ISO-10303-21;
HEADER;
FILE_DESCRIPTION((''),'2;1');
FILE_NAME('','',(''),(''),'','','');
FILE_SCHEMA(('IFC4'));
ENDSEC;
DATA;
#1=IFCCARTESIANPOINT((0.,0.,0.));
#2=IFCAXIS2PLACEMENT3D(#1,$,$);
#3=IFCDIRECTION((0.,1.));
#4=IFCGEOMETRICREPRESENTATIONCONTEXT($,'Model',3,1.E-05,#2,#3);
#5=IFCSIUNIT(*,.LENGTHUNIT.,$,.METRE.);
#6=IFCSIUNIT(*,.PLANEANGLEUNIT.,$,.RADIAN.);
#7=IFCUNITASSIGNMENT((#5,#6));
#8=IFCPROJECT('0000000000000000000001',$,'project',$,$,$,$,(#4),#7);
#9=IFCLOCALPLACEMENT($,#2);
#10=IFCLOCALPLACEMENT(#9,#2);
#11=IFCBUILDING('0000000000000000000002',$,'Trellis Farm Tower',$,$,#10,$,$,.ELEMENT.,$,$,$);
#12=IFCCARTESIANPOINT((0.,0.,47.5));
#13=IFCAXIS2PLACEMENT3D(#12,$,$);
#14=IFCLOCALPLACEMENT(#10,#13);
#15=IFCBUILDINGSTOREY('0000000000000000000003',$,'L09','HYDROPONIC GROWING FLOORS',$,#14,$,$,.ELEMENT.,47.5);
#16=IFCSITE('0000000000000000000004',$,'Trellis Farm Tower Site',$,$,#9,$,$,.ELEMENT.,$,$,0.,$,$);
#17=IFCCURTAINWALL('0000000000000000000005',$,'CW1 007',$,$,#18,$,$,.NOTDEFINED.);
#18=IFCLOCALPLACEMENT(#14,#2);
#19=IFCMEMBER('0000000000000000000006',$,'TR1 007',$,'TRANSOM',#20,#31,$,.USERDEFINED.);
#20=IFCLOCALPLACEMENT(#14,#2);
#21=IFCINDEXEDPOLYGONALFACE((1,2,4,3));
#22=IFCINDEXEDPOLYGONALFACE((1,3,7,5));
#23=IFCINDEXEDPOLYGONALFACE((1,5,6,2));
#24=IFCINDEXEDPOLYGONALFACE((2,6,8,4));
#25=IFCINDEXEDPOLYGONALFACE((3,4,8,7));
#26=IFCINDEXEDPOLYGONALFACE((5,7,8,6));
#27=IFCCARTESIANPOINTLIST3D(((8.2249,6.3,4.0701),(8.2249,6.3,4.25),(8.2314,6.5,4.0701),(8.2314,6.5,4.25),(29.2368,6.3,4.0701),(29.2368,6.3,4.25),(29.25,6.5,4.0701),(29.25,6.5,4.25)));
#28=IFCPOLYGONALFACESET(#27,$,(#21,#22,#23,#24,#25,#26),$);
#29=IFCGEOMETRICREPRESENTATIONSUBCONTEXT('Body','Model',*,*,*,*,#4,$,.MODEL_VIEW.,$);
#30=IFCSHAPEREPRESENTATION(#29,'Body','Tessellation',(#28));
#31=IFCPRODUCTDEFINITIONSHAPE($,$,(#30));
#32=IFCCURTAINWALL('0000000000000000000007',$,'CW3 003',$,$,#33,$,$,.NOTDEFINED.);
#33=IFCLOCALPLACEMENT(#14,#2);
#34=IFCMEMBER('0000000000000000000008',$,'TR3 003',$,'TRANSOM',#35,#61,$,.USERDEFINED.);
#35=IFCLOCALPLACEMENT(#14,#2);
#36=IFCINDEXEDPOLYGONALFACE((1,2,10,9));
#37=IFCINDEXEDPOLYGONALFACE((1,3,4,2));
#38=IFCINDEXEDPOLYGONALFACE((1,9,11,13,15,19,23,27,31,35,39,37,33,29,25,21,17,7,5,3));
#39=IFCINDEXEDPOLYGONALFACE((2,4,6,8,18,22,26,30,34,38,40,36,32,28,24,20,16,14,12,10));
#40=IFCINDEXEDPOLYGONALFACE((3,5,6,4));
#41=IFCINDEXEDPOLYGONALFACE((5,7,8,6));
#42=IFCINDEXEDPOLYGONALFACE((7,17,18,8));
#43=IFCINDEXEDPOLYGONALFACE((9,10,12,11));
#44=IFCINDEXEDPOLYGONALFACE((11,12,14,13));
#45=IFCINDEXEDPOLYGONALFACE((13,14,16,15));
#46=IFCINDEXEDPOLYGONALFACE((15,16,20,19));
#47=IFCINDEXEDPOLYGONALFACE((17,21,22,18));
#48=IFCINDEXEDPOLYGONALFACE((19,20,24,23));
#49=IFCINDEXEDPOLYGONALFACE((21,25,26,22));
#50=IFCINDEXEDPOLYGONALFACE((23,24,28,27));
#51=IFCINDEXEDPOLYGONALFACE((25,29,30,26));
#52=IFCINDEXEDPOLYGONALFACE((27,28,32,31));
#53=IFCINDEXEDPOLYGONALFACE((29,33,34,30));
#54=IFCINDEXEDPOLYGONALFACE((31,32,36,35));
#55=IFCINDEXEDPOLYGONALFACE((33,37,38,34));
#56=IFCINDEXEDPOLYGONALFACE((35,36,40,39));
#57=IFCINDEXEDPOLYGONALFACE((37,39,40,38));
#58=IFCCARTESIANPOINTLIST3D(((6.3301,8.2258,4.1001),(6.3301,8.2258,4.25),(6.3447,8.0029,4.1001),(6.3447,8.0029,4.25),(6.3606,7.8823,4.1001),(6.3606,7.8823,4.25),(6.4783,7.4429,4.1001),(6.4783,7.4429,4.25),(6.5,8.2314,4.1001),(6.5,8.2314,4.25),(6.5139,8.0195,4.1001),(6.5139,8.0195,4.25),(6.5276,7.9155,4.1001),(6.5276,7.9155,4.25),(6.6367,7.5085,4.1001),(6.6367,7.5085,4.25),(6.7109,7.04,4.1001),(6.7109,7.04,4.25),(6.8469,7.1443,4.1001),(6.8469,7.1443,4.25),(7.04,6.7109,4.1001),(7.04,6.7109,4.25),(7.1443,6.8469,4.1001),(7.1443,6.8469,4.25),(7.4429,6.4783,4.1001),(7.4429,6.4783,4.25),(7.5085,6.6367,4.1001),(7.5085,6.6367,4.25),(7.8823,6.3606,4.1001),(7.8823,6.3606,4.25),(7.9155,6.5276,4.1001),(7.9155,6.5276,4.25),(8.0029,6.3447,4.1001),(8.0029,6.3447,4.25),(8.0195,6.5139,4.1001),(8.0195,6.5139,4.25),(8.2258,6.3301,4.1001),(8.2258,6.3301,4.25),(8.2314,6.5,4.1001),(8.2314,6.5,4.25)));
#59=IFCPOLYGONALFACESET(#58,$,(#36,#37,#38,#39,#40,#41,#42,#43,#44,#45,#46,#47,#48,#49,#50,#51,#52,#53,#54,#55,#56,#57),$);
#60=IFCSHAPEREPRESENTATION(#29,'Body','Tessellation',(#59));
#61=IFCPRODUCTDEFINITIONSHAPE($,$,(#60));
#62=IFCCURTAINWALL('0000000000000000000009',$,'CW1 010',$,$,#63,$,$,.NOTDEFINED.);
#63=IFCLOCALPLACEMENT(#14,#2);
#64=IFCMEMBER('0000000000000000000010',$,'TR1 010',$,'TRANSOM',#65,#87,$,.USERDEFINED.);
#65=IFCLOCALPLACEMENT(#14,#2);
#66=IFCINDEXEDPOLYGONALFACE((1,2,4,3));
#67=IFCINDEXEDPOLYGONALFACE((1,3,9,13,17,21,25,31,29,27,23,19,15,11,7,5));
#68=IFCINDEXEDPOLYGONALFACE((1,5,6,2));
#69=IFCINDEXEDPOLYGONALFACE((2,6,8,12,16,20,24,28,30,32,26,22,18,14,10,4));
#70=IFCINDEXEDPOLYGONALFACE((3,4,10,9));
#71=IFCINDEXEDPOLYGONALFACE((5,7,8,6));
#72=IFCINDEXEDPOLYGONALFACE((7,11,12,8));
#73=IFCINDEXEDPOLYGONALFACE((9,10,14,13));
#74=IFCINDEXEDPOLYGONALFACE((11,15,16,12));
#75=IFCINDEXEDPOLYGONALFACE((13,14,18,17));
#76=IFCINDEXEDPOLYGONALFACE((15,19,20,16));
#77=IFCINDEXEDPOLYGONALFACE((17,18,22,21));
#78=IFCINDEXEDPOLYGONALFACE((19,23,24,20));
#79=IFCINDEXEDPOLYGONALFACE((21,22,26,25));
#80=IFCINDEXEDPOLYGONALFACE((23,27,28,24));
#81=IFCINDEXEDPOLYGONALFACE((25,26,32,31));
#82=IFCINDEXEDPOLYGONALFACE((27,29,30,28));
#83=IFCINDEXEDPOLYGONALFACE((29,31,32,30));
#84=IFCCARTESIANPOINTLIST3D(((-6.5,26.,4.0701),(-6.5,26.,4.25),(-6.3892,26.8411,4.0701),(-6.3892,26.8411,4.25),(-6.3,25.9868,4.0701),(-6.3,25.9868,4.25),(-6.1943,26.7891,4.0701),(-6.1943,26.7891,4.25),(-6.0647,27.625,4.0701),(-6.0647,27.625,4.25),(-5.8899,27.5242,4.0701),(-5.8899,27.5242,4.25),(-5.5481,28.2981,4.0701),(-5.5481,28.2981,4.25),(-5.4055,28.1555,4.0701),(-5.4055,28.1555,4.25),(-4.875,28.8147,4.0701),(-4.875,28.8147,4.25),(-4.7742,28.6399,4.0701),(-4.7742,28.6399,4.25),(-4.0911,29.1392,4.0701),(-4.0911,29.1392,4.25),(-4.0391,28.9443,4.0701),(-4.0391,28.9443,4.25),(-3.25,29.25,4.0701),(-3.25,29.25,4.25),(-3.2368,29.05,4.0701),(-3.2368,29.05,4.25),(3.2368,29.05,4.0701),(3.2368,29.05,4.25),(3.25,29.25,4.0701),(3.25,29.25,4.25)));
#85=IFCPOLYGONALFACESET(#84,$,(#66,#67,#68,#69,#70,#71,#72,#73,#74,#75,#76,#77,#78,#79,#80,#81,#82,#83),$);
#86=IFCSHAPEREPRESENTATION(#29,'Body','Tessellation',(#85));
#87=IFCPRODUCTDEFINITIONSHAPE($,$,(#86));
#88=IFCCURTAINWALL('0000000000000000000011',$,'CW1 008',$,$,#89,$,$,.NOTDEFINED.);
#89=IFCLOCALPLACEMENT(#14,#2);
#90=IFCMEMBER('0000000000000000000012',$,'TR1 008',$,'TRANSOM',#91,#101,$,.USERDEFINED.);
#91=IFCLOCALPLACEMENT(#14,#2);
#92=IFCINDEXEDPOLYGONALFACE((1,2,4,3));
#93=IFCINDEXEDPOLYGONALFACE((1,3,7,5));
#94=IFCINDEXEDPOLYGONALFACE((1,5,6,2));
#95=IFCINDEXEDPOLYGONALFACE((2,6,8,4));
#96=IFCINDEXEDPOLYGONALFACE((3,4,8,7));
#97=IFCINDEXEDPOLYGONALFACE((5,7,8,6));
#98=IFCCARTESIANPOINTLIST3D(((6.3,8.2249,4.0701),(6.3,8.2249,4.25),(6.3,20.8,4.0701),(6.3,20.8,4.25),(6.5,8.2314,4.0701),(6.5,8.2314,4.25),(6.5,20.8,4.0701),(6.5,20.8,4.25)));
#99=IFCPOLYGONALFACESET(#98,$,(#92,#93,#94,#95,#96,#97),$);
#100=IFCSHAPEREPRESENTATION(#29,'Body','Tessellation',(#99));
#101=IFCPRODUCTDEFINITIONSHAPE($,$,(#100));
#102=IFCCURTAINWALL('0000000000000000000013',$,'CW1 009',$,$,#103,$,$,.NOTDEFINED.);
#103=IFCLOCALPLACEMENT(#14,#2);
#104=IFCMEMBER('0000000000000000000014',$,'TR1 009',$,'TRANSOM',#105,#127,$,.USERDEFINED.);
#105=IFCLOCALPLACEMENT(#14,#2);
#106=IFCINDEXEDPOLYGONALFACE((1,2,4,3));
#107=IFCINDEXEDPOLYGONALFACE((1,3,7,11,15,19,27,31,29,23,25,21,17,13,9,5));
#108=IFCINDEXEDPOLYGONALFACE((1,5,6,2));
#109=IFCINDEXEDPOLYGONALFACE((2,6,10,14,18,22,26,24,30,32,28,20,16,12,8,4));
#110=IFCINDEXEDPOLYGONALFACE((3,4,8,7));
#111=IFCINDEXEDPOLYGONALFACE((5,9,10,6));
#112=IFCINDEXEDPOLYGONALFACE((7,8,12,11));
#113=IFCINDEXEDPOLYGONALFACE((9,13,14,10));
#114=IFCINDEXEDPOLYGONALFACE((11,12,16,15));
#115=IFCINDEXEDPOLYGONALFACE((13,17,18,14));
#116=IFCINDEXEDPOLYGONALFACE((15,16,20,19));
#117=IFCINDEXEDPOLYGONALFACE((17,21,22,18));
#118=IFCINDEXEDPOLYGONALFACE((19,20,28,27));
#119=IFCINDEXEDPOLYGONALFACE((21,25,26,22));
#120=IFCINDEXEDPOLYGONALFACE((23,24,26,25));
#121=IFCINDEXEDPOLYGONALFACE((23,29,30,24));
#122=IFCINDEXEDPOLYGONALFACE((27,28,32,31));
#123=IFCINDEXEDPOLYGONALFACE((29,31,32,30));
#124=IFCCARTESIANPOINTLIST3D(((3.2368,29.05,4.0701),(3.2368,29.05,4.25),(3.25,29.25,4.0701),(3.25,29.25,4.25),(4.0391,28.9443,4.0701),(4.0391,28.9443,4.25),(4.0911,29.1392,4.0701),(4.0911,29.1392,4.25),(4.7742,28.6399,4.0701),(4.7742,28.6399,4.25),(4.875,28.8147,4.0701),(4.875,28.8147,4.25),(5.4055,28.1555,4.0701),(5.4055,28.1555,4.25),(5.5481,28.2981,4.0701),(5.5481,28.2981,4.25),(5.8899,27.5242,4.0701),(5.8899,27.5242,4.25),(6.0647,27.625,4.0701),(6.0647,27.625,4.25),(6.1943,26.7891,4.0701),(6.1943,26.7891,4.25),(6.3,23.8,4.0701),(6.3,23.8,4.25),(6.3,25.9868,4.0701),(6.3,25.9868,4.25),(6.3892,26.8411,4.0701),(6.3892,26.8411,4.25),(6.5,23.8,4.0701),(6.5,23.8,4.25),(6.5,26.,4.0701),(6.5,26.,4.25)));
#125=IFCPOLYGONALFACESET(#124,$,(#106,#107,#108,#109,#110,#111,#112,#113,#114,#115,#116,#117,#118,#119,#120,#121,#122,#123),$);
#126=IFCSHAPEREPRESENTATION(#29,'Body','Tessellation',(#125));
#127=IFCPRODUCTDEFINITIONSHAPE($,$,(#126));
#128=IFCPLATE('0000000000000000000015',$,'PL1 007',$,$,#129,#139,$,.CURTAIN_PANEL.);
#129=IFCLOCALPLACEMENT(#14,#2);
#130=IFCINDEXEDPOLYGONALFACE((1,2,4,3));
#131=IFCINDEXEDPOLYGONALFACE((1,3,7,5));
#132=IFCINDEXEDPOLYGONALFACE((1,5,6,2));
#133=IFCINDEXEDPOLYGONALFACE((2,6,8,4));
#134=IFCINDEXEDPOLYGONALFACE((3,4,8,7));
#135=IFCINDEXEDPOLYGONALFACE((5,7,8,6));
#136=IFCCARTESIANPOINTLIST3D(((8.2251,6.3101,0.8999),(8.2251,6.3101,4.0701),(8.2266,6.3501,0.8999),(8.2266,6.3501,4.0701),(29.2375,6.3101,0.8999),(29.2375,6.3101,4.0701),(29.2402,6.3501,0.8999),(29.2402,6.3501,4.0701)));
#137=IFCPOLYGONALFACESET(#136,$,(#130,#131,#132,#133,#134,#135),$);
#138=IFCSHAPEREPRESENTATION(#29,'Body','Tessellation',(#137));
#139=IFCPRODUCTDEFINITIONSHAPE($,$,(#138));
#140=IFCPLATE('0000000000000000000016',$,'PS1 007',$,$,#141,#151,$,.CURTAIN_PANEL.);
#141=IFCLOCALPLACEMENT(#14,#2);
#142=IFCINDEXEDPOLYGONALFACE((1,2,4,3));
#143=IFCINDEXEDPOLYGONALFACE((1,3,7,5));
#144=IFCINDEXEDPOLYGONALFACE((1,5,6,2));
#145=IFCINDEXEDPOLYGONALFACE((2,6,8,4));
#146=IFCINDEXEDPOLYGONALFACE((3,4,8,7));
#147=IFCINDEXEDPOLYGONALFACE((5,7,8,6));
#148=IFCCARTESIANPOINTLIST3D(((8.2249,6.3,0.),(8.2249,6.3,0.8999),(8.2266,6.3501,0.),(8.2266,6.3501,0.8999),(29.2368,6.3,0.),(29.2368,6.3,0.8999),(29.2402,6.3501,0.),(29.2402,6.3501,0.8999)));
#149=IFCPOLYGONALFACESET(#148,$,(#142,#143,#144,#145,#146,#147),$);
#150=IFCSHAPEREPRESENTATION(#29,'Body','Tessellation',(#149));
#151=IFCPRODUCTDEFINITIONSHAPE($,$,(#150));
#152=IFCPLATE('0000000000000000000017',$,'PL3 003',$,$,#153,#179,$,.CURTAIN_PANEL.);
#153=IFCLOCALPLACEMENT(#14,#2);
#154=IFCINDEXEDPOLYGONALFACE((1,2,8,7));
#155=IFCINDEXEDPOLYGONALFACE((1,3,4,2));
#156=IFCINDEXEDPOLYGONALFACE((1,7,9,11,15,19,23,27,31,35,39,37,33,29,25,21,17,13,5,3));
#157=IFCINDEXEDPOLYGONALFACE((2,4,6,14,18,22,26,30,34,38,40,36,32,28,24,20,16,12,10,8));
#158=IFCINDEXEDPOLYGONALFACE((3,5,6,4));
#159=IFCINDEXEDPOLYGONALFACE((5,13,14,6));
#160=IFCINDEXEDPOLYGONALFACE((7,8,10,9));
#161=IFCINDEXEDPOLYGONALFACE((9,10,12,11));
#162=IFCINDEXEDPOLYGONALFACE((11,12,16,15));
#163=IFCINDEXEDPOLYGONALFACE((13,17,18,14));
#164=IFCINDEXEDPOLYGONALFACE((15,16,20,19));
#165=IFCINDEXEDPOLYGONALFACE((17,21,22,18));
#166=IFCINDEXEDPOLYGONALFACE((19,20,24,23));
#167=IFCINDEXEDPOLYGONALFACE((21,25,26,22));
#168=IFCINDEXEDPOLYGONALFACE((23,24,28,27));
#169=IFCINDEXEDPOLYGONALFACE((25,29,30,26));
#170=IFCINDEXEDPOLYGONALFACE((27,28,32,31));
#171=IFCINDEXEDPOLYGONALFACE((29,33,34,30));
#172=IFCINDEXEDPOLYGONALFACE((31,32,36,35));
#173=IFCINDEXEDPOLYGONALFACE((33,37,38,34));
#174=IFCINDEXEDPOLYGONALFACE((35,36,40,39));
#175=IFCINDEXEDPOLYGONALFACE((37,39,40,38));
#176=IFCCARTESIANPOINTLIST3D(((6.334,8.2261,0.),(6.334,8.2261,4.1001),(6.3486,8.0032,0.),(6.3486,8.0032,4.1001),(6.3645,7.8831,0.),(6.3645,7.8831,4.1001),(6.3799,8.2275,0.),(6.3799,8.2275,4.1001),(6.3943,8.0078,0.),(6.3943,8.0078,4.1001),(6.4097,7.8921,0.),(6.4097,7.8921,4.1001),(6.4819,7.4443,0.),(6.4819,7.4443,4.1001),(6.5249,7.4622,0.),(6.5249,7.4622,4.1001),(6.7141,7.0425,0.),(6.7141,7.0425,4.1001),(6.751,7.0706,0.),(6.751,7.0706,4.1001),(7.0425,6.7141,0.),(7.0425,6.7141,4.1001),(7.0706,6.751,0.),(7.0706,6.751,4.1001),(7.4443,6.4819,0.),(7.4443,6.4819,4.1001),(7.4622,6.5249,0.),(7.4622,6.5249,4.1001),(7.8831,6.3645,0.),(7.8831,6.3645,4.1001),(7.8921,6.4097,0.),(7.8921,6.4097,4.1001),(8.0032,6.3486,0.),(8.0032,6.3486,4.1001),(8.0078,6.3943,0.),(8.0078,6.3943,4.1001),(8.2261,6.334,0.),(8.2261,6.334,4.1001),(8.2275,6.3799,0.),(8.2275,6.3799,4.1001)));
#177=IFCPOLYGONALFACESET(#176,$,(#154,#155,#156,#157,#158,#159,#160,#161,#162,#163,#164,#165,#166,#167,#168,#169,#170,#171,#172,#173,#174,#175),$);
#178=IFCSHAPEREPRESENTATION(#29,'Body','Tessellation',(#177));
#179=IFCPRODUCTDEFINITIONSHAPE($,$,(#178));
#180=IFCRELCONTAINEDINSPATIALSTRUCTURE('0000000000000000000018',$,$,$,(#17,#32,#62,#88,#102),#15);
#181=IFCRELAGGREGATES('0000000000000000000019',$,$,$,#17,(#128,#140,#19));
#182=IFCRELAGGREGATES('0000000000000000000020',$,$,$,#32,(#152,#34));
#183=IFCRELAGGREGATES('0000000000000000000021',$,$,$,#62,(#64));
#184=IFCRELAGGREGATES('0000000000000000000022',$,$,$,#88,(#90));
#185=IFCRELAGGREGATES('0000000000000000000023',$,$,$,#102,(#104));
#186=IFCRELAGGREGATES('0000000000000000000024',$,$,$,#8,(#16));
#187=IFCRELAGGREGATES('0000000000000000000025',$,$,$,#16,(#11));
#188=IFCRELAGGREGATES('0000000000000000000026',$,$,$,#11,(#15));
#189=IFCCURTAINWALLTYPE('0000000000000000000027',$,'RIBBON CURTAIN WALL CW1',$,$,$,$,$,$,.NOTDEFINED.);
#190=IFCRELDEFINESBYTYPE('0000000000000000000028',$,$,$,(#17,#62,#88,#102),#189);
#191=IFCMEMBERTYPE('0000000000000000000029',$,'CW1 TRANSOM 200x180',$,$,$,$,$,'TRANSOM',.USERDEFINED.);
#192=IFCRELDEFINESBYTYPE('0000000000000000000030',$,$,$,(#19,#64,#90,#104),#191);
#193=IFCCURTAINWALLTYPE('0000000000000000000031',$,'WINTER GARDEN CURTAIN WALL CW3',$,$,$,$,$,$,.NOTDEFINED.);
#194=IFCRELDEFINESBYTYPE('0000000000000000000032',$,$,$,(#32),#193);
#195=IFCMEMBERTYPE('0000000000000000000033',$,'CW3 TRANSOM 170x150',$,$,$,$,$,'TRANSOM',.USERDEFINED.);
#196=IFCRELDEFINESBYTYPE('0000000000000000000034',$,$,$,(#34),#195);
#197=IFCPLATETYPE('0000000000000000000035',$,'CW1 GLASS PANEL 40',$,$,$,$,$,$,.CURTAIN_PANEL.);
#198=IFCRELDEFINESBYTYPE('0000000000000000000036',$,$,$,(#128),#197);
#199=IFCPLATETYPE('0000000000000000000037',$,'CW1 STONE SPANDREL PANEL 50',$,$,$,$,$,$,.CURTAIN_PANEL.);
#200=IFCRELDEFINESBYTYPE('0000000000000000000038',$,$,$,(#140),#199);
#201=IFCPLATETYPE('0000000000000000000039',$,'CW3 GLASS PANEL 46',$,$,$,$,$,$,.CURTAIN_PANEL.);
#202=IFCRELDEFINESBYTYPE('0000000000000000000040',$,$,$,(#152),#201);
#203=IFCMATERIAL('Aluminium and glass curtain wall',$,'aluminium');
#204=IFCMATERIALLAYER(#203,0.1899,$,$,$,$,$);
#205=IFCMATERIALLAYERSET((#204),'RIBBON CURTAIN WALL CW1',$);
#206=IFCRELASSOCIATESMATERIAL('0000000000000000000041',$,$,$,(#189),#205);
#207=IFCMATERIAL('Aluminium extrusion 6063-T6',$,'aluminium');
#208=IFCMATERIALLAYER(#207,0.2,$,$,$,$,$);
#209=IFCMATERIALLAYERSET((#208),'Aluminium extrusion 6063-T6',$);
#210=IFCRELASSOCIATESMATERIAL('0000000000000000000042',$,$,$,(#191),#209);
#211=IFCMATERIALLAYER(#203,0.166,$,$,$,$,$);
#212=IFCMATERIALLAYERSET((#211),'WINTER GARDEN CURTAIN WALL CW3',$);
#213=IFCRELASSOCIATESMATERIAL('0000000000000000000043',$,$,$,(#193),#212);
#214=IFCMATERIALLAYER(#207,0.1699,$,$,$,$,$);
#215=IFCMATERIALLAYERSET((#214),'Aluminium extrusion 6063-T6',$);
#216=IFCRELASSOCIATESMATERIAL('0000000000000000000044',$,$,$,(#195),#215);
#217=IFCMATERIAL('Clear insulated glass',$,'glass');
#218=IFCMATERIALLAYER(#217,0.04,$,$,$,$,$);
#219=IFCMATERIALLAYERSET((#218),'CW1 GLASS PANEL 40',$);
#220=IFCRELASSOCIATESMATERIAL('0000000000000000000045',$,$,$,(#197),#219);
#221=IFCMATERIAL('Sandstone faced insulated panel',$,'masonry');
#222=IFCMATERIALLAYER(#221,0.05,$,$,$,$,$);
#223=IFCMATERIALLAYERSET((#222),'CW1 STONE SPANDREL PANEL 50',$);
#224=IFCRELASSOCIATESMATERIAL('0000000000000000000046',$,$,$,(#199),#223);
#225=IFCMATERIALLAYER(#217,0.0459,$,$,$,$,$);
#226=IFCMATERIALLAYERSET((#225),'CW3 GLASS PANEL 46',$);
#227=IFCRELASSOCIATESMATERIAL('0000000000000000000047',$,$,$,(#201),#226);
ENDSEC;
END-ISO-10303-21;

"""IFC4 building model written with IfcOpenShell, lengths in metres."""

from ifc_helpers import new_model, si_unit, direction, frame, origin, place, context, subcontext, project, spatial, polyline, outline, extrude, source, transform, mapped, material, layer, layer_set, type_object, element, aggregate, save


model = new_model("IFC4")

# Units and contexts
model_context = context("Model", 3, precision=1e-05, world=origin(), true_north=direction((0.0, 1.0)))
body_context = subcontext(model_context, "Body", "Model", "MODEL_VIEW")
ifc_project = project(units=[si_unit("LENGTHUNIT", "METRE"), si_unit("PLANEANGLEUNIT", "RADIAN")], contexts=[model_context])

# Site, building, storey
site_placement = place(None, origin())
site = spatial("IfcSite", under=ifc_project, at=site_placement, Name="Trellis Farm Tower Site", CompositionType="ELEMENT", RefElevation=0.0)
building_placement = place(site_placement, origin())
building = spatial("IfcBuilding", under=site, at=building_placement, Name="Trellis Farm Tower", CompositionType="ELEMENT")
storey_placement = place(building_placement, frame((0.0, 0.0, 47.5)))
storey = spatial("IfcBuildingStorey", under=building, at=storey_placement, Name="L09", Description="HYDROPONIC GROWING FLOORS", CompositionType="ELEMENT", Elevation=47.5)

# Curtain walls, members
ifc_material_1 = material(Name="Aluminium and glass curtain wall", Category="aluminium")
ifc_layer_1 = layer(ifc_material_1, 0.1899)
ifc_layer_set_1 = layer_set([ifc_layer_1], Name="RIBBON CURTAIN WALL CW1")
curtain_wall_type_1 = type_object("IfcCurtainWallType", Name="RIBBON CURTAIN WALL CW1", PredefinedType="NOTDEFINED", material=ifc_layer_set_1)
placement_1 = place(storey_placement, origin())
curtain_wall_1 = element("IfcCurtainWall", 1, at=placement_1, inside=storey, type_object=curtain_wall_type_1, Name="CW1 007", PredefinedType="NOTDEFINED")
ifc_material_2 = material(Name="Aluminium extrusion 6063-T6", Category="aluminium")
ifc_layer_2 = layer(ifc_material_2, 0.2)
ifc_layer_set_2 = layer_set([ifc_layer_2], Name="Aluminium extrusion 6063-T6")
member_type_1 = type_object("IfcMemberType", Name="CW1 TRANSOM 200x180", ElementType="TRANSOM", PredefinedType="USERDEFINED", material=ifc_layer_set_2)
shared_shape_1 = source(origin(), body_context, "Body", "SweptSolid", [
    extrude(outline(polyline([(29.25, 6.5), (8.2314, 6.5), (8.2249, 6.3), (29.2368, 6.3), (29.25, 6.5)])), origin(), (0.0, 0.0, 1.0), 0.1799),
])
placement_2 = place(storey_placement, frame((0.0, 0.0, 4.0701)))
member_1 = element("IfcMember", 2, at=placement_2, type_object=member_type_1, Name="TR1 007", ObjectType="TRANSOM", PredefinedType="USERDEFINED", context=body_context, shape_type="MappedRepresentation", body=[
    mapped(shared_shape_1, transform((0.0, 0.0, 0.0))),
])
ifc_layer_3 = layer(ifc_material_1, 0.166)
ifc_layer_set_3 = layer_set([ifc_layer_3], Name="WINTER GARDEN CURTAIN WALL CW3")
curtain_wall_type_2 = type_object("IfcCurtainWallType", Name="WINTER GARDEN CURTAIN WALL CW3", PredefinedType="NOTDEFINED", material=ifc_layer_set_3)
curtain_wall_2 = element("IfcCurtainWall", 3, at=placement_1, inside=storey, type_object=curtain_wall_type_2, Name="CW3 003", PredefinedType="NOTDEFINED")
ifc_layer_4 = layer(ifc_material_2, 0.1699)
ifc_layer_set_4 = layer_set([ifc_layer_4], Name="Aluminium extrusion 6063-T6")
member_type_2 = type_object("IfcMemberType", Name="CW3 TRANSOM 170x150", ElementType="TRANSOM", PredefinedType="USERDEFINED", material=ifc_layer_set_4)
shared_shape_2 = source(origin(), body_context, "Body", "SweptSolid", [
    extrude(outline(polyline([(8.2314, 6.5), (8.0195, 6.5139), (7.9155, 6.5276), (7.5085, 6.6367), (7.1443, 6.8469), (6.8469, 7.1443), (6.6367, 7.5085), (6.5276, 7.9155), (6.5139, 8.0195), (6.5, 8.2314), (6.3301, 8.2258), (6.3447, 8.0029), (6.3606, 7.8823), (6.4783, 7.4429), (6.7109, 7.04), (7.04, 6.7109), (7.4429, 6.4783), (7.8823, 6.3606), (8.0029, 6.3447), (8.2258, 6.3301), (8.2314, 6.5)])), origin(), (0.0, 0.0, 1.0), 0.1499),
])
member_2_placement = place(storey_placement, frame((0.0, 0.0, 4.1001)))
member_2 = element("IfcMember", 4, at=member_2_placement, type_object=member_type_2, Name="TR3 003", ObjectType="TRANSOM", PredefinedType="USERDEFINED", context=body_context, shape_type="MappedRepresentation", body=[
    mapped(shared_shape_2, transform((0.0, 0.0, 0.0))),
])
curtain_wall_3 = element("IfcCurtainWall", 5, at=placement_1, inside=storey, type_object=curtain_wall_type_1, Name="CW1 010", PredefinedType="NOTDEFINED")
shared_shape_3 = source(origin(), body_context, "Body", "SweptSolid", [
    extrude(outline(polyline([(3.25, 29.25), (-3.25, 29.25), (-4.0911, 29.1392), (-4.875, 28.8147), (-5.5481, 28.2981), (-6.0647, 27.625), (-6.3892, 26.8411), (-6.5, 26.0), (-6.3, 25.9868), (-6.1943, 26.7891), (-5.8899, 27.5242), (-5.4055, 28.1555), (-4.7742, 28.6399), (-4.0391, 28.9443), (-3.2368, 29.05), (3.2368, 29.05), (3.25, 29.25)])), origin(), (0.0, 0.0, 1.0), 0.1799),
])
member_3 = element("IfcMember", 6, at=placement_2, type_object=member_type_1, Name="TR1 010", ObjectType="TRANSOM", PredefinedType="USERDEFINED", context=body_context, shape_type="MappedRepresentation", body=[
    mapped(shared_shape_3, transform((0.0, 0.0, 0.0))),
])
curtain_wall_4 = element("IfcCurtainWall", 7, at=placement_1, inside=storey, type_object=curtain_wall_type_1, Name="CW1 008", PredefinedType="NOTDEFINED")
shared_shape_4 = source(origin(), body_context, "Body", "SweptSolid", [
    extrude(outline(polyline([(6.5, 8.2314), (6.5, 20.8), (6.3, 20.8), (6.3, 8.2249), (6.5, 8.2314)])), origin(), (0.0, 0.0, 1.0), 0.1799),
])
member_4 = element("IfcMember", 8, at=placement_2, type_object=member_type_1, Name="TR1 008", ObjectType="TRANSOM", PredefinedType="USERDEFINED", context=body_context, shape_type="MappedRepresentation", body=[
    mapped(shared_shape_4, transform((0.0, 0.0, 0.0))),
])
curtain_wall_5 = element("IfcCurtainWall", 9, at=placement_1, inside=storey, type_object=curtain_wall_type_1, Name="CW1 009", PredefinedType="NOTDEFINED")
shared_shape_5 = source(origin(), body_context, "Body", "SweptSolid", [
    extrude(outline(polyline([(6.5, 23.8), (6.5, 26.0), (6.3892, 26.8411), (6.0647, 27.625), (5.5481, 28.2981), (4.875, 28.8147), (4.0911, 29.1392), (3.25, 29.25), (3.2368, 29.05), (4.0391, 28.9443), (4.7742, 28.6399), (5.4055, 28.1555), (5.8899, 27.5242), (6.1943, 26.7891), (6.3, 25.9868), (6.3, 23.8), (6.5, 23.8)])), origin(), (0.0, 0.0, 1.0), 0.1799),
])
member_5 = element("IfcMember", 10, at=placement_2, type_object=member_type_1, Name="TR1 009", ObjectType="TRANSOM", PredefinedType="USERDEFINED", context=body_context, shape_type="MappedRepresentation", body=[
    mapped(shared_shape_5, transform((0.0, 0.0, 0.0))),
])

# Plates
ifc_material_3 = material(Name="Clear insulated glass", Category="glass")
ifc_layer_5 = layer(ifc_material_3, 0.04)
ifc_layer_set_5 = layer_set([ifc_layer_5], Name="CW1 GLASS PANEL 40")
plate_type_1 = type_object("IfcPlateType", Name="CW1 GLASS PANEL 40", PredefinedType="CURTAIN_PANEL", material=ifc_layer_set_5)
shared_shape_6 = source(origin(), body_context, "Body", "SweptSolid", [
    extrude(outline(polyline([(29.2402, 6.3501), (8.2266, 6.3501), (8.2251, 6.3101), (29.2375, 6.3101), (29.2402, 6.3501)])), origin(), (0.0, 0.0, 1.0), 3.1702),
])
placement_3 = place(storey_placement, frame((0.0, 0.0, 0.8999)))
plate_1 = element("IfcPlate", 11, at=placement_3, type_object=plate_type_1, Name="PL1 007", PredefinedType="CURTAIN_PANEL", context=body_context, shape_type="MappedRepresentation", body=[
    mapped(shared_shape_6, transform((0.0, 0.0, 0.0))),
])
ifc_material_4 = material(Name="Sandstone faced insulated panel", Category="masonry")
ifc_layer_6 = layer(ifc_material_4, 0.05)
ifc_layer_set_6 = layer_set([ifc_layer_6], Name="CW1 STONE SPANDREL PANEL 50")
plate_type_2 = type_object("IfcPlateType", Name="CW1 STONE SPANDREL PANEL 50", PredefinedType="CURTAIN_PANEL", material=ifc_layer_set_6)
shared_shape_7 = source(origin(), body_context, "Body", "SweptSolid", [
    extrude(outline(polyline([(29.2402, 6.3501), (8.2266, 6.3501), (8.2249, 6.3), (29.2368, 6.3), (29.2402, 6.3501)])), origin(), (0.0, 0.0, 1.0), 0.8999),
])
plate_2 = element("IfcPlate", 12, at=placement_1, type_object=plate_type_2, Name="PS1 007", PredefinedType="CURTAIN_PANEL", context=body_context, shape_type="MappedRepresentation", body=[
    mapped(shared_shape_7, transform((0.0, 0.0, 0.0))),
])
aggregate(curtain_wall_1, [plate_1, plate_2, member_1])
ifc_layer_7 = layer(ifc_material_3, 0.0459)
ifc_layer_set_7 = layer_set([ifc_layer_7], Name="CW3 GLASS PANEL 46")
plate_type_3 = type_object("IfcPlateType", Name="CW3 GLASS PANEL 46", PredefinedType="CURTAIN_PANEL", material=ifc_layer_set_7)
shared_shape_8 = source(origin(), body_context, "Body", "SweptSolid", [
    extrude(outline(polyline([(8.2275, 6.3799), (8.0078, 6.3943), (7.8921, 6.4097), (7.4622, 6.5249), (7.0706, 6.751), (6.751, 7.0706), (6.5249, 7.4622), (6.4097, 7.8921), (6.3943, 8.0078), (6.3799, 8.2275), (6.334, 8.2261), (6.3486, 8.0032), (6.3645, 7.8831), (6.4819, 7.4443), (6.7141, 7.0425), (7.0425, 6.7141), (7.4443, 6.4819), (7.8831, 6.3645), (8.0032, 6.3486), (8.2261, 6.334), (8.2275, 6.3799)])), origin(), (0.0, 0.0, 1.0), 4.1001),
])
plate_3 = element("IfcPlate", 13, at=placement_1, type_object=plate_type_3, Name="PL3 003", PredefinedType="CURTAIN_PANEL", context=body_context, shape_type="MappedRepresentation", body=[
    mapped(shared_shape_8, transform((0.0, 0.0, 0.0))),
])
aggregate(curtain_wall_2, [plate_3, member_2])
aggregate(curtain_wall_3, [member_3])

aggregate(curtain_wall_4, [member_4])
aggregate(curtain_wall_5, [member_5])

save(model, "model.ifc")
